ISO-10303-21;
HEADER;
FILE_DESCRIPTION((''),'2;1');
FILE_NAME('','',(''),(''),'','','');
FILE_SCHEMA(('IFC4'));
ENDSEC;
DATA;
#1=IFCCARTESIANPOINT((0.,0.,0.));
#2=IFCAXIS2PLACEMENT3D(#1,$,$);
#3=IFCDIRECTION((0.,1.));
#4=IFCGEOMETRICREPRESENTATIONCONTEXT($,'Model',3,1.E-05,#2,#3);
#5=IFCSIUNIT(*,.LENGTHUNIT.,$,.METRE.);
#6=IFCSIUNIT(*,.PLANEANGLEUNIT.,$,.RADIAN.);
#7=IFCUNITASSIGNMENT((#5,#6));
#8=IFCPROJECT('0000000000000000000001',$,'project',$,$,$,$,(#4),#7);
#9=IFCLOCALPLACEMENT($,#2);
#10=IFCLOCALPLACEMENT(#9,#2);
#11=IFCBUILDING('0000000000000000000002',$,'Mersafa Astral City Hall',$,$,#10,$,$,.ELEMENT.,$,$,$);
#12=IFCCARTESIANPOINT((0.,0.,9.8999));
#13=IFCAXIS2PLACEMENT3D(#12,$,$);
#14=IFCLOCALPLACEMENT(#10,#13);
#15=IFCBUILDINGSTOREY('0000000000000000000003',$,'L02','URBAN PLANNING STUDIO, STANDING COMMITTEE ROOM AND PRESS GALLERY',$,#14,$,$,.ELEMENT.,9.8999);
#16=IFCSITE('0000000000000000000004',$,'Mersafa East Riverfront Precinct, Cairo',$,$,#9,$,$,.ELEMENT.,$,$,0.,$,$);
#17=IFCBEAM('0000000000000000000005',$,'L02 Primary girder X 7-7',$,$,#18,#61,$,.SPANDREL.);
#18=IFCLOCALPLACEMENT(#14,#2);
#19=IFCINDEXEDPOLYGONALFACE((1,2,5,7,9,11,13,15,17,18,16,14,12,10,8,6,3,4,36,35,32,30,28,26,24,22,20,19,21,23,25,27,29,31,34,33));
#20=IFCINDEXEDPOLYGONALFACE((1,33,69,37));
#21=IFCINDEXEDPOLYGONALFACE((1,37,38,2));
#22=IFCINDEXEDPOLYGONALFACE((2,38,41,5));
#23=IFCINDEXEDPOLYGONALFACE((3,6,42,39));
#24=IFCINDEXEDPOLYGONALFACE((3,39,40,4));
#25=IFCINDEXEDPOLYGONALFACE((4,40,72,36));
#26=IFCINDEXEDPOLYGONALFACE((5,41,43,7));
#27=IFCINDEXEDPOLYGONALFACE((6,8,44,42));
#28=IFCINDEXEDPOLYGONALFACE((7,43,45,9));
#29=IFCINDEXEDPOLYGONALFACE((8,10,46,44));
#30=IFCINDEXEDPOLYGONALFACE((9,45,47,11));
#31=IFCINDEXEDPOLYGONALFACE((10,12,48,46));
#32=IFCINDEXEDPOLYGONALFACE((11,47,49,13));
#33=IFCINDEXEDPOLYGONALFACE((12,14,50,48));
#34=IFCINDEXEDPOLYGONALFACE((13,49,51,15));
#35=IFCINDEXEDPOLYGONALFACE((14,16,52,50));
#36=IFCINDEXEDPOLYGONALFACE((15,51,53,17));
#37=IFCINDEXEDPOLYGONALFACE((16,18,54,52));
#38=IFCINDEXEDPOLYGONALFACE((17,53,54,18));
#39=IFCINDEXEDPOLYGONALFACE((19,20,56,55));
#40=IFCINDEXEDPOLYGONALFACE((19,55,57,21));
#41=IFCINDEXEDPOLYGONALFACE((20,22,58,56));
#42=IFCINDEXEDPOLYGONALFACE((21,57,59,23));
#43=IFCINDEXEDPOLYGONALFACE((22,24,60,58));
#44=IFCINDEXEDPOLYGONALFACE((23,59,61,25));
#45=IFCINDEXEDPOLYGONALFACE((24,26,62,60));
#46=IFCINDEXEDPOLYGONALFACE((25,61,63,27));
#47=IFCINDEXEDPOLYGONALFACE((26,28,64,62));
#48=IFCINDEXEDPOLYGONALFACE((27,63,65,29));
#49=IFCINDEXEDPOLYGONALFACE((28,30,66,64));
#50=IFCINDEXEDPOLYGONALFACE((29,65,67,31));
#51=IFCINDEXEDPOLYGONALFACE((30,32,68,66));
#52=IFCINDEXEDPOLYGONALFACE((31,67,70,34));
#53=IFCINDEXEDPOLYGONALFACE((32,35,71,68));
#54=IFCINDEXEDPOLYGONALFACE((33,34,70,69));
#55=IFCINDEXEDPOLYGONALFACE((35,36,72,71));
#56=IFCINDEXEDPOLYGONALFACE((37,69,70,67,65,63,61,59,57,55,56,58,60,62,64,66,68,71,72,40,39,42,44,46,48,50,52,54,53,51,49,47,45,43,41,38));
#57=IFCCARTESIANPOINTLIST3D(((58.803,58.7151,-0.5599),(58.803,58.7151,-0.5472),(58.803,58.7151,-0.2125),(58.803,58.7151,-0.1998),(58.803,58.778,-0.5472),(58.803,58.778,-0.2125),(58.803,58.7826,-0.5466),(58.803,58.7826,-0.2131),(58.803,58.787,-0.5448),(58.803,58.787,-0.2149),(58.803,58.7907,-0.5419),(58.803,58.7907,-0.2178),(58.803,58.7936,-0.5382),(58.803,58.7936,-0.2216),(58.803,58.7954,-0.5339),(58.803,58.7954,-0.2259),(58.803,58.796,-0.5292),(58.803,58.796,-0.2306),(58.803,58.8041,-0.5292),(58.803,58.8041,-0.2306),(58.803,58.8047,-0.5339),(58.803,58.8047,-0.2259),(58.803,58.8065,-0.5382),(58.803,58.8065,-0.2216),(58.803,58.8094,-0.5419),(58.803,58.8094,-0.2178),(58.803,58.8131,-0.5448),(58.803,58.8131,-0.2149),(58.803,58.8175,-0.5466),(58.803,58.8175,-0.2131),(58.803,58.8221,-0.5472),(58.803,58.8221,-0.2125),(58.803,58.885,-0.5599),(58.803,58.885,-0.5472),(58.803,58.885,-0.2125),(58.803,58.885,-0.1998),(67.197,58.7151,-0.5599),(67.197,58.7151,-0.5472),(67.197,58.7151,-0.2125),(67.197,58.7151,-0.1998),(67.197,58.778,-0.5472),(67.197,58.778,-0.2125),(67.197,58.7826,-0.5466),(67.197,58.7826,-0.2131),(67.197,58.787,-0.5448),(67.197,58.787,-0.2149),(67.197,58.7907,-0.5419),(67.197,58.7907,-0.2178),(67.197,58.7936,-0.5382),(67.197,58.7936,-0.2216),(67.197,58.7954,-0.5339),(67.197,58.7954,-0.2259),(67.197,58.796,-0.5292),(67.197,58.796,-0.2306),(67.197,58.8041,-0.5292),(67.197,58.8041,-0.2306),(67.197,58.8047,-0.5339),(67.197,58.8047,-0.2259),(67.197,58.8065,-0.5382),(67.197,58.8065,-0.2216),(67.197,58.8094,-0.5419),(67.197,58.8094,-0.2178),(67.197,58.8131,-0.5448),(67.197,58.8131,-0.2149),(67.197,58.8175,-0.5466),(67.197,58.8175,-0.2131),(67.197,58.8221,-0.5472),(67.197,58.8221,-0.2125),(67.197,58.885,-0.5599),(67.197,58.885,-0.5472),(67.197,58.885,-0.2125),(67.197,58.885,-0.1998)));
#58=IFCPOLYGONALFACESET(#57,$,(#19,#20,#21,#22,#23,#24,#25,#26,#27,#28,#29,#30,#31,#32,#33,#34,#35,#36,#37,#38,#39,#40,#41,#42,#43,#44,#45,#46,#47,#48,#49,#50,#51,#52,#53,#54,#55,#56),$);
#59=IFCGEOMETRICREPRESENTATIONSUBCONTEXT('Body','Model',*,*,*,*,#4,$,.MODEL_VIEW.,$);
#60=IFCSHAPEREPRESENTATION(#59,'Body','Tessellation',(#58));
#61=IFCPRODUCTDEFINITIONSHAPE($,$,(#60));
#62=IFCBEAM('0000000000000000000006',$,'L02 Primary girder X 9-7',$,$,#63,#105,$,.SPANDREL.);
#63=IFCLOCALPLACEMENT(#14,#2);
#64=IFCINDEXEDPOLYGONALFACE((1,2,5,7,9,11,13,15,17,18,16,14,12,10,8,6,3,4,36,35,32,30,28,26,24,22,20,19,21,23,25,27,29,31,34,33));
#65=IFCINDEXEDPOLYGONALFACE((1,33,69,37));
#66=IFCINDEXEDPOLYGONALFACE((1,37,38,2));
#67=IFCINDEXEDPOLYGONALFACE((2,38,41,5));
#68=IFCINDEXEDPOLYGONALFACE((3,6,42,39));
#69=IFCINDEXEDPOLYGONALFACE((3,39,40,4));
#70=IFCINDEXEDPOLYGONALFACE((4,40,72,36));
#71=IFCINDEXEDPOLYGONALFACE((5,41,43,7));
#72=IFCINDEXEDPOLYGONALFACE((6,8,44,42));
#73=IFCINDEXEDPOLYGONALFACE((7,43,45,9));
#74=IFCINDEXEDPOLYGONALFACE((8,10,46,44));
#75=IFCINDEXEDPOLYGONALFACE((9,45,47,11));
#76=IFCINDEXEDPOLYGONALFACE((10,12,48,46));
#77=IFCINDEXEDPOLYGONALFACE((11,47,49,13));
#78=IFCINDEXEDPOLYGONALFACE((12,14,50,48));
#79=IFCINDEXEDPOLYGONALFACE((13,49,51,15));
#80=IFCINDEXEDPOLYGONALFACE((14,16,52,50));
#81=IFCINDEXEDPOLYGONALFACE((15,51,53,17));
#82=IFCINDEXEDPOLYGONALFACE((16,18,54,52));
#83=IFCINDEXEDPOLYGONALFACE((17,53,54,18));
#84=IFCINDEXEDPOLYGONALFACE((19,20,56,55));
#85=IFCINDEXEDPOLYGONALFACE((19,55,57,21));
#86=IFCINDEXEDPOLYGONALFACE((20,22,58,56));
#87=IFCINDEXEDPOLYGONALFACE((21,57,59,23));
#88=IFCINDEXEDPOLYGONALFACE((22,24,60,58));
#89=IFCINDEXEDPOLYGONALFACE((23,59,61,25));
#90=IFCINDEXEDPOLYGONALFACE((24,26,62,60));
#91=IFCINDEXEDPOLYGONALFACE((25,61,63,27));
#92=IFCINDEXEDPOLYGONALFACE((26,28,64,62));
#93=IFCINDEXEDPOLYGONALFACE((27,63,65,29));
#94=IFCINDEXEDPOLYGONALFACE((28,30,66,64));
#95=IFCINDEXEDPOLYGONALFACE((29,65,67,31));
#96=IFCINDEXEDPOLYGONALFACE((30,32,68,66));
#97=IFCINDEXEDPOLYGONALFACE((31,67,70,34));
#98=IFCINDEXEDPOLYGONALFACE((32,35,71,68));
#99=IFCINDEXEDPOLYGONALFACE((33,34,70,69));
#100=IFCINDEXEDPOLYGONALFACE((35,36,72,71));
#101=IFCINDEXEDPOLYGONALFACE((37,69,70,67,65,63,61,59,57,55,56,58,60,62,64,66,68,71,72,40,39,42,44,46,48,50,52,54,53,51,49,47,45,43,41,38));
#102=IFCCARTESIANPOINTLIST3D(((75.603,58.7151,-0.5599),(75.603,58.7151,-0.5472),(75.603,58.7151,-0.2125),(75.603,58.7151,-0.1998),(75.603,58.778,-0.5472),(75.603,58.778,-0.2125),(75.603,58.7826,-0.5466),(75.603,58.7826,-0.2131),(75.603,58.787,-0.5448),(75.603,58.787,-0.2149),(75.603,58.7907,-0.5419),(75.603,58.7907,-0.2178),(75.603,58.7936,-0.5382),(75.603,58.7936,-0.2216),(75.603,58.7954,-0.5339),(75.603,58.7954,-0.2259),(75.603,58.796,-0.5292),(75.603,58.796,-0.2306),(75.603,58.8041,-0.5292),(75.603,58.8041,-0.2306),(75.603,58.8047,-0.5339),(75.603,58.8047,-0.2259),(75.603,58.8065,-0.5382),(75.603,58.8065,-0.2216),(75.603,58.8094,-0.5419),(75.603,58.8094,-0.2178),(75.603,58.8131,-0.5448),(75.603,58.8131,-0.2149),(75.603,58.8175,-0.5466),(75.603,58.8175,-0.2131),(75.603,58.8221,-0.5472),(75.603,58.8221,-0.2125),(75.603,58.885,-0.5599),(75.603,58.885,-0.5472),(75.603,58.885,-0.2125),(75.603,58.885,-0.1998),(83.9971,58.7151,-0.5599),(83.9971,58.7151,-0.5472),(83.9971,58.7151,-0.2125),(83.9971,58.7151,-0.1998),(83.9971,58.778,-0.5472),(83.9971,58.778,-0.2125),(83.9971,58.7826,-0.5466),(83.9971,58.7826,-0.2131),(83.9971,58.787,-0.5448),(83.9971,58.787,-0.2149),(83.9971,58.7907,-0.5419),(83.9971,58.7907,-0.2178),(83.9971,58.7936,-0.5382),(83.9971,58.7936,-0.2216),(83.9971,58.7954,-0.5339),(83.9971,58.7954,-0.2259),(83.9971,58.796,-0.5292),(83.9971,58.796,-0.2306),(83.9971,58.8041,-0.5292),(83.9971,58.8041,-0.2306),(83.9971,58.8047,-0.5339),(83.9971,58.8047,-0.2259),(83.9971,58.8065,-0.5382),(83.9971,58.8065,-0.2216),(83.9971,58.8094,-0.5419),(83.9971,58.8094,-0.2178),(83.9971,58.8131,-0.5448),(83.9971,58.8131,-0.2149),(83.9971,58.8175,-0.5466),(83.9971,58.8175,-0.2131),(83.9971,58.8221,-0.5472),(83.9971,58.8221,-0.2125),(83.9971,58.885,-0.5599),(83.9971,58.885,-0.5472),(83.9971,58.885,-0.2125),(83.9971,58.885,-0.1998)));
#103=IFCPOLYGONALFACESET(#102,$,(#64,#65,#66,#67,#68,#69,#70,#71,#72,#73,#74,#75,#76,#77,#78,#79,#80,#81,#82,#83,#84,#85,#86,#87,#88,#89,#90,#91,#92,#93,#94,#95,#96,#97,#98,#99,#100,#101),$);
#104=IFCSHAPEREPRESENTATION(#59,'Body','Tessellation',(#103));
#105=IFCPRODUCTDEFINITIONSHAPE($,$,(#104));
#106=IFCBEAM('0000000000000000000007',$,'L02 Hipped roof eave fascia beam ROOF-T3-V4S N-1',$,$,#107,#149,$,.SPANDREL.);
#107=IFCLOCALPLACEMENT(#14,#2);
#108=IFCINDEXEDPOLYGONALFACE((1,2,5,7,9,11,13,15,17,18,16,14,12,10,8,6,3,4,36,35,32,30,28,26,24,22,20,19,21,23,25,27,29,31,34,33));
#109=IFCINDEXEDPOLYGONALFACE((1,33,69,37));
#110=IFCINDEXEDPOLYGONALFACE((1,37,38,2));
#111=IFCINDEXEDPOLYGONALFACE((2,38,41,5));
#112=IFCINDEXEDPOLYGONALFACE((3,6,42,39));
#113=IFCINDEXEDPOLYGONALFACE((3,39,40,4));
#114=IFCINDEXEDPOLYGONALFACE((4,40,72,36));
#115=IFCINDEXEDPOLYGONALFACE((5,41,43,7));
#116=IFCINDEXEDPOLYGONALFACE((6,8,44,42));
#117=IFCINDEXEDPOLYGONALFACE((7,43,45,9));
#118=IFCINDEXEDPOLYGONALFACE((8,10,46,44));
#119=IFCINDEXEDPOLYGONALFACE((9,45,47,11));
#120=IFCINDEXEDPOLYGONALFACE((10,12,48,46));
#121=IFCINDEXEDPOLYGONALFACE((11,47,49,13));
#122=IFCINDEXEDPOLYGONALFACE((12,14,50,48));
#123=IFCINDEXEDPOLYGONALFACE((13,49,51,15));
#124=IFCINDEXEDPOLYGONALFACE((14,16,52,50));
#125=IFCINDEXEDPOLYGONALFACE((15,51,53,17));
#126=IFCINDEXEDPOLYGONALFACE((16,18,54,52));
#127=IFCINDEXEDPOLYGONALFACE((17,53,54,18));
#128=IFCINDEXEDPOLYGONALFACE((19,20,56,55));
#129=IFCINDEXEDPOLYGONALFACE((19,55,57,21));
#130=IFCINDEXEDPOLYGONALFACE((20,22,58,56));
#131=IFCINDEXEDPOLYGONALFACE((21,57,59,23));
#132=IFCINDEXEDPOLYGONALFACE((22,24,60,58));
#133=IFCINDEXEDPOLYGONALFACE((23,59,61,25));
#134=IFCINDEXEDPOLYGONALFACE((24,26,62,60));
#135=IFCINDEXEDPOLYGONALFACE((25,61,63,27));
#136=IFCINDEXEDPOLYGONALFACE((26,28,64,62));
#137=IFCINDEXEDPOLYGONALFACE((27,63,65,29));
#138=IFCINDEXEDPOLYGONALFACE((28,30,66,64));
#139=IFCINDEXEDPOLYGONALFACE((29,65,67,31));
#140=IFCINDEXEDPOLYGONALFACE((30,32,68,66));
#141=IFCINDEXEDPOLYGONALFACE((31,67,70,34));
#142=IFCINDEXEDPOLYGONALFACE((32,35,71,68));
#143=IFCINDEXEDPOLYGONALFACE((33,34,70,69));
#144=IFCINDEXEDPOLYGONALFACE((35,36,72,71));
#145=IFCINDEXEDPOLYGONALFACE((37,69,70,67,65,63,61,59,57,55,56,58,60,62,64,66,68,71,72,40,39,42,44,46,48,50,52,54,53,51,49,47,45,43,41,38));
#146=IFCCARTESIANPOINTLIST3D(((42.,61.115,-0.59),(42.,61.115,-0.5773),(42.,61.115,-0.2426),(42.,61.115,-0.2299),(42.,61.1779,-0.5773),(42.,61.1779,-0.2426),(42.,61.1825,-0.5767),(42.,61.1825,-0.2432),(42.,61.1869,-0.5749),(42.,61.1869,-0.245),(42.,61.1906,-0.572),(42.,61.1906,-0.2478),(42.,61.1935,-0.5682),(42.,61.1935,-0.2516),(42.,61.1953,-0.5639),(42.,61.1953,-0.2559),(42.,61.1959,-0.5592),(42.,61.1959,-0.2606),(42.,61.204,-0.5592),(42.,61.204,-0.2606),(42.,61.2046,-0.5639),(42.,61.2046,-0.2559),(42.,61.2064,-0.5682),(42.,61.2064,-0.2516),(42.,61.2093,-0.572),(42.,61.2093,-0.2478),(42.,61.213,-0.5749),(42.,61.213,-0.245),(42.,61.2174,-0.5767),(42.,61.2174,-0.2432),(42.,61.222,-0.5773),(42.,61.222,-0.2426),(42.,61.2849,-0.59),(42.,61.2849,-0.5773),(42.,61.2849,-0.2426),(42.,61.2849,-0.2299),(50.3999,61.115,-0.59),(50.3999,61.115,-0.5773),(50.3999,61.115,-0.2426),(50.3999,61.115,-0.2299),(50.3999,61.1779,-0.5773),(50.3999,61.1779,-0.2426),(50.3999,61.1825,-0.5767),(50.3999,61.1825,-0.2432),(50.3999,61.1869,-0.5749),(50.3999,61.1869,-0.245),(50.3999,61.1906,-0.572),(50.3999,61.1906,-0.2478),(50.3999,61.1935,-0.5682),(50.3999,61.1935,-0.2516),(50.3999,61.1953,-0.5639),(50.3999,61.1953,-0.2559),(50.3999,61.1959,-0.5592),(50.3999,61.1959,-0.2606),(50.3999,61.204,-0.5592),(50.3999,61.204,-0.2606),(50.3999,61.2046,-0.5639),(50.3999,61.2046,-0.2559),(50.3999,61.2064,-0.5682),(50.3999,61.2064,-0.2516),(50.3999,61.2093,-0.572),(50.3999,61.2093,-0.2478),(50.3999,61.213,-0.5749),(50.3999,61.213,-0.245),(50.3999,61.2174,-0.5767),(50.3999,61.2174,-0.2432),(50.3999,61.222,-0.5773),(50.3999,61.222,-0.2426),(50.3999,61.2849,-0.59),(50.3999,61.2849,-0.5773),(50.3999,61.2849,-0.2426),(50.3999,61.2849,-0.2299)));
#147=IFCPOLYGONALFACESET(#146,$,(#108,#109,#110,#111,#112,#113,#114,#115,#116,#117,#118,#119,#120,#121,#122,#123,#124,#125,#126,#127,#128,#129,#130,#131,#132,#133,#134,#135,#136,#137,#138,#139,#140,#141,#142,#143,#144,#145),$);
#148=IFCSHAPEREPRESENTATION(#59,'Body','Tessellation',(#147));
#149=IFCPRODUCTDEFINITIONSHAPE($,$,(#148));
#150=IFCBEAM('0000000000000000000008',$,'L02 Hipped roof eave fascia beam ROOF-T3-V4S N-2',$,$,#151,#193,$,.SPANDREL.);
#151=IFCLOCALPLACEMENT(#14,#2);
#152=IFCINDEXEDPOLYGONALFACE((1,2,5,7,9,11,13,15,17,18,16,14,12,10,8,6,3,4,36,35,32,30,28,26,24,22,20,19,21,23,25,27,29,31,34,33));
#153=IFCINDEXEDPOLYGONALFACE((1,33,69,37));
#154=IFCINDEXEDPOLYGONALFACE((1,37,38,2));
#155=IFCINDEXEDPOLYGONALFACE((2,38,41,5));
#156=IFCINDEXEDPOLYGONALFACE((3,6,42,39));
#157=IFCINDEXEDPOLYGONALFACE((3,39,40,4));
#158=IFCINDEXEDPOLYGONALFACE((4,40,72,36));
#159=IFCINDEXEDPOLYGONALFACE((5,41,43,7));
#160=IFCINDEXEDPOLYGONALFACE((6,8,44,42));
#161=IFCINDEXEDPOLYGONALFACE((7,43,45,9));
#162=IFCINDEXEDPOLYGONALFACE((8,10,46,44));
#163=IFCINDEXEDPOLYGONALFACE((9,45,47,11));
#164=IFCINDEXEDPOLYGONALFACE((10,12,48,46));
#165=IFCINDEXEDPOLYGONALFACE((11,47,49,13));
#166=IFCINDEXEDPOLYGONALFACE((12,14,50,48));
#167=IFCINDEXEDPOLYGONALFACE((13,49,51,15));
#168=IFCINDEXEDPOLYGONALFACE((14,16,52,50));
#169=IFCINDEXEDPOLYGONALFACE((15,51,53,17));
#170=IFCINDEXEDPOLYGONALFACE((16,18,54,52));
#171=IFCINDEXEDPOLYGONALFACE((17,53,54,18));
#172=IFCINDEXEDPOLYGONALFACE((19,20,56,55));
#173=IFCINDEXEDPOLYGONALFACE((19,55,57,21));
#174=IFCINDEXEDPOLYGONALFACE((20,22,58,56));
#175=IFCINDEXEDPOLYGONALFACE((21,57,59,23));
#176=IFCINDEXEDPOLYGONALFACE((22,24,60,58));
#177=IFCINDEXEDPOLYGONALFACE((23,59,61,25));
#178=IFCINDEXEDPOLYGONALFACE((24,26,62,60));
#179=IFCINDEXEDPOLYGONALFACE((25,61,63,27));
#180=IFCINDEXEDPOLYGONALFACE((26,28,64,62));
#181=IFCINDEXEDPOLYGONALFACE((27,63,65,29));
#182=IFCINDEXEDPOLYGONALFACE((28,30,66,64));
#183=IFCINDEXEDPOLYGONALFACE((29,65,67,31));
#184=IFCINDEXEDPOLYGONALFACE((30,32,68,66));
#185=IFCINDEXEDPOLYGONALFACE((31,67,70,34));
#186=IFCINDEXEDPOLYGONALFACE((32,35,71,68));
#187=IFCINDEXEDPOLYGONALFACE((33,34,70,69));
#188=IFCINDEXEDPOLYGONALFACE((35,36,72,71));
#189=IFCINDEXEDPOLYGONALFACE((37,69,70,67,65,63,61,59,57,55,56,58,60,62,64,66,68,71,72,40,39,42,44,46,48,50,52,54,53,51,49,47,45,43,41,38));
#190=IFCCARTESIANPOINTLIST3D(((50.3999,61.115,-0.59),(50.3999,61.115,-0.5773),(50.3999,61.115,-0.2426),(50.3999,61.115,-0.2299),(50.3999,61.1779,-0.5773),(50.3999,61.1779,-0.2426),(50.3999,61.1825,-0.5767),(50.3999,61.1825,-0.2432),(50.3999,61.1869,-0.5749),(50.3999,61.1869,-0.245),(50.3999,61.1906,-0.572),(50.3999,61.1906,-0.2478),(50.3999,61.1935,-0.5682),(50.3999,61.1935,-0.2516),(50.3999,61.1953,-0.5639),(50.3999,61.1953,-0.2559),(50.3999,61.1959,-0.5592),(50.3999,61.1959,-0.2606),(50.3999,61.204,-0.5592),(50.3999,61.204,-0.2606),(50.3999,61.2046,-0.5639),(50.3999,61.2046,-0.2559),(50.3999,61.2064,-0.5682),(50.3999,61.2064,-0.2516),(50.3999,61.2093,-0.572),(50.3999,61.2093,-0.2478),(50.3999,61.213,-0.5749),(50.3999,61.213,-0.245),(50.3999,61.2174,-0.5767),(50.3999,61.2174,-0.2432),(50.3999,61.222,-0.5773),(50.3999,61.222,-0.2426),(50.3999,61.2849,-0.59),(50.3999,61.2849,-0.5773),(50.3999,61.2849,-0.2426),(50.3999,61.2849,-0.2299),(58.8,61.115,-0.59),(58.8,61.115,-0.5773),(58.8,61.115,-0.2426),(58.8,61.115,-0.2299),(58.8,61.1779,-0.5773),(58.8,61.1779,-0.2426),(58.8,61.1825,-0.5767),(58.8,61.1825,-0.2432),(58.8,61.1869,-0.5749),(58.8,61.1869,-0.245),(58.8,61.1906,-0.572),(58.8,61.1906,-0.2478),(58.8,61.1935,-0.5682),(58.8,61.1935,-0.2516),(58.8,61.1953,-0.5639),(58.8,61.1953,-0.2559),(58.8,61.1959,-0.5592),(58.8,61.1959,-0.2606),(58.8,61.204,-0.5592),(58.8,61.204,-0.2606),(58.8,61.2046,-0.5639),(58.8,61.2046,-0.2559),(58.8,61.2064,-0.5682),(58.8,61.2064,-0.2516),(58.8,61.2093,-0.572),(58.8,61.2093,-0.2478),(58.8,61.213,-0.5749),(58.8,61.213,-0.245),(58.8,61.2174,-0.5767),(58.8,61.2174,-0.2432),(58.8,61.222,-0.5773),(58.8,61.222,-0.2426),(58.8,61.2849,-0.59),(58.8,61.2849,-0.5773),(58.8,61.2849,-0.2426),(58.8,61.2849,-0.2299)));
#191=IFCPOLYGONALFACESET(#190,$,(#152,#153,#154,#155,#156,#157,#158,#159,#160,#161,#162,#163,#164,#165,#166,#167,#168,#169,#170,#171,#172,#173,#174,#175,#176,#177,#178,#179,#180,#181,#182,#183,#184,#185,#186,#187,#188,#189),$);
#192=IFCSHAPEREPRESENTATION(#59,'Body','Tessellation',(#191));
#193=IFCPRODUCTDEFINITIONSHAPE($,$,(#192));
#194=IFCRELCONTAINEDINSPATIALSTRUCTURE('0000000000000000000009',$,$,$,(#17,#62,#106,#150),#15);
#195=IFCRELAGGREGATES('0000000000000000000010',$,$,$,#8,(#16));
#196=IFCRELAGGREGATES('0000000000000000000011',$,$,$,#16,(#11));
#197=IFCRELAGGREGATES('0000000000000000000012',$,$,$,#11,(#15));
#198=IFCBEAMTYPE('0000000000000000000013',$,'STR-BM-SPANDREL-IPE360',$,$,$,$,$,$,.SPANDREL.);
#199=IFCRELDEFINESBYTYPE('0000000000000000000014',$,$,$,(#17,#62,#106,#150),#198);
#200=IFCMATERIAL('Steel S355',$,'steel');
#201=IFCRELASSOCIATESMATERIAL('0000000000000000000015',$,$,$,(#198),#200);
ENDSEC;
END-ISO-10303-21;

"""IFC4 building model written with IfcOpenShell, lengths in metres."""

from ifc_helpers import new_model, si_unit, direction, frame, origin, origin_2d, place, context, subcontext, project, spatial, i_section, extrude, material, material_profile, profile_set, type_object, element, save


model = new_model("IFC4")

# Units and contexts
model_context = context("Model", 3, precision=1e-05, world=origin(), true_north=direction((0.0, 1.0)))
body_context = subcontext(model_context, "Body", "Model", "MODEL_VIEW")
ifc_project = project(units=[si_unit("LENGTHUNIT", "METRE"), si_unit("PLANEANGLEUNIT", "RADIAN")], contexts=[model_context])

# Site, building, storey
site_placement = place(None, origin())
site = spatial("IfcSite", under=ifc_project, at=site_placement, Name="Mersafa East Riverfront Precinct, Cairo", CompositionType="ELEMENT", RefElevation=0.0)
building_placement = place(site_placement, origin())
building = spatial("IfcBuilding", under=site, at=building_placement, Name="Mersafa Astral City Hall", CompositionType="ELEMENT")
storey_placement = place(building_placement, frame((0.0, 0.0, 9.8999)))
storey = spatial("IfcBuildingStorey", under=building, at=storey_placement, Name="L02", Description="URBAN PLANNING STUDIO, STANDING COMMITTEE ROOM AND PRESS GALLERY", CompositionType="ELEMENT", Elevation=9.8999)

# Beams
ifc_material = material(Name="Steel S355", Category="steel")
ifc_material_profile_1 = material_profile(ifc_material, i_section(OverallWidth=0.1699, OverallDepth=0.3601, WebThickness=0.0081, FlangeThickness=0.0127, FilletRadius=0.0181, at=origin_2d()), Name="IPE 360")
ifc_profile_set_1 = profile_set([ifc_material_profile_1], Name="Steel S355")
beam_type_1 = type_object("IfcBeamType", Name="STR-BM-SPANDREL-IPE360", PredefinedType="SPANDREL", material=ifc_profile_set_1)
for number, where, z_axis, x_axis, name in (
    (1, (58.803, 58.8, -0.3799), (1.0, 0.0, 0.0), (0.0, 1.0, 0.0), "L02 Primary girder X 7-7"),
    (2, (75.603, 58.8, -0.3799), (1.0, 0.0, 0.0), (0.0, 1.0, 0.0), "L02 Primary girder X 9-7"),
):
    element("IfcBeam", number, at=place(storey_placement, frame(where, z_axis=z_axis, x_axis=x_axis)), inside=storey, type_object=beam_type_1, Name=name, PredefinedType="SPANDREL", context=body_context, shape_type="SweptSolid", body=[
        extrude(i_section(OverallWidth=0.1699, OverallDepth=0.3601, WebThickness=0.0081, FlangeThickness=0.0127, FilletRadius=0.0181, at=origin_2d()), origin(), (0.0, 0.0, 1.0), 8.394),
    ])
beam_1_placement = place(storey_placement, frame((42.0, 61.2, -0.4099), z_axis=(1.0, 0.0, 0.0), x_axis=(0.0, 1.0, 0.0)))
element("IfcBeam", 3, at=beam_1_placement, inside=storey, type_object=beam_type_1, Name="L02 Hipped roof eave fascia beam ROOF-T3-V4S N-1", PredefinedType="SPANDREL", context=body_context, shape_type="SweptSolid", body=[
    extrude(i_section(OverallWidth=0.1699, OverallDepth=0.3601, WebThickness=0.0081, FlangeThickness=0.0127, FilletRadius=0.0181, at=origin_2d()), origin(), (0.0, 0.0, 1.0), 8.3999),
])
beam_2_placement = place(storey_placement, frame((50.3999, 61.2, -0.4099), z_axis=(1.0, 0.0, 0.0), x_axis=(0.0, 1.0, 0.0)))
element("IfcBeam", 4, at=beam_2_placement, inside=storey, type_object=beam_type_1, Name="L02 Hipped roof eave fascia beam ROOF-T3-V4S N-2", PredefinedType="SPANDREL", context=body_context, shape_type="SweptSolid", body=[
    extrude(i_section(OverallWidth=0.1699, OverallDepth=0.3601, WebThickness=0.0081, FlangeThickness=0.0127, FilletRadius=0.0181, at=origin_2d()), origin(), (0.0, 0.0, 1.0), 8.4001),
])

save(model, "model.ifc")
